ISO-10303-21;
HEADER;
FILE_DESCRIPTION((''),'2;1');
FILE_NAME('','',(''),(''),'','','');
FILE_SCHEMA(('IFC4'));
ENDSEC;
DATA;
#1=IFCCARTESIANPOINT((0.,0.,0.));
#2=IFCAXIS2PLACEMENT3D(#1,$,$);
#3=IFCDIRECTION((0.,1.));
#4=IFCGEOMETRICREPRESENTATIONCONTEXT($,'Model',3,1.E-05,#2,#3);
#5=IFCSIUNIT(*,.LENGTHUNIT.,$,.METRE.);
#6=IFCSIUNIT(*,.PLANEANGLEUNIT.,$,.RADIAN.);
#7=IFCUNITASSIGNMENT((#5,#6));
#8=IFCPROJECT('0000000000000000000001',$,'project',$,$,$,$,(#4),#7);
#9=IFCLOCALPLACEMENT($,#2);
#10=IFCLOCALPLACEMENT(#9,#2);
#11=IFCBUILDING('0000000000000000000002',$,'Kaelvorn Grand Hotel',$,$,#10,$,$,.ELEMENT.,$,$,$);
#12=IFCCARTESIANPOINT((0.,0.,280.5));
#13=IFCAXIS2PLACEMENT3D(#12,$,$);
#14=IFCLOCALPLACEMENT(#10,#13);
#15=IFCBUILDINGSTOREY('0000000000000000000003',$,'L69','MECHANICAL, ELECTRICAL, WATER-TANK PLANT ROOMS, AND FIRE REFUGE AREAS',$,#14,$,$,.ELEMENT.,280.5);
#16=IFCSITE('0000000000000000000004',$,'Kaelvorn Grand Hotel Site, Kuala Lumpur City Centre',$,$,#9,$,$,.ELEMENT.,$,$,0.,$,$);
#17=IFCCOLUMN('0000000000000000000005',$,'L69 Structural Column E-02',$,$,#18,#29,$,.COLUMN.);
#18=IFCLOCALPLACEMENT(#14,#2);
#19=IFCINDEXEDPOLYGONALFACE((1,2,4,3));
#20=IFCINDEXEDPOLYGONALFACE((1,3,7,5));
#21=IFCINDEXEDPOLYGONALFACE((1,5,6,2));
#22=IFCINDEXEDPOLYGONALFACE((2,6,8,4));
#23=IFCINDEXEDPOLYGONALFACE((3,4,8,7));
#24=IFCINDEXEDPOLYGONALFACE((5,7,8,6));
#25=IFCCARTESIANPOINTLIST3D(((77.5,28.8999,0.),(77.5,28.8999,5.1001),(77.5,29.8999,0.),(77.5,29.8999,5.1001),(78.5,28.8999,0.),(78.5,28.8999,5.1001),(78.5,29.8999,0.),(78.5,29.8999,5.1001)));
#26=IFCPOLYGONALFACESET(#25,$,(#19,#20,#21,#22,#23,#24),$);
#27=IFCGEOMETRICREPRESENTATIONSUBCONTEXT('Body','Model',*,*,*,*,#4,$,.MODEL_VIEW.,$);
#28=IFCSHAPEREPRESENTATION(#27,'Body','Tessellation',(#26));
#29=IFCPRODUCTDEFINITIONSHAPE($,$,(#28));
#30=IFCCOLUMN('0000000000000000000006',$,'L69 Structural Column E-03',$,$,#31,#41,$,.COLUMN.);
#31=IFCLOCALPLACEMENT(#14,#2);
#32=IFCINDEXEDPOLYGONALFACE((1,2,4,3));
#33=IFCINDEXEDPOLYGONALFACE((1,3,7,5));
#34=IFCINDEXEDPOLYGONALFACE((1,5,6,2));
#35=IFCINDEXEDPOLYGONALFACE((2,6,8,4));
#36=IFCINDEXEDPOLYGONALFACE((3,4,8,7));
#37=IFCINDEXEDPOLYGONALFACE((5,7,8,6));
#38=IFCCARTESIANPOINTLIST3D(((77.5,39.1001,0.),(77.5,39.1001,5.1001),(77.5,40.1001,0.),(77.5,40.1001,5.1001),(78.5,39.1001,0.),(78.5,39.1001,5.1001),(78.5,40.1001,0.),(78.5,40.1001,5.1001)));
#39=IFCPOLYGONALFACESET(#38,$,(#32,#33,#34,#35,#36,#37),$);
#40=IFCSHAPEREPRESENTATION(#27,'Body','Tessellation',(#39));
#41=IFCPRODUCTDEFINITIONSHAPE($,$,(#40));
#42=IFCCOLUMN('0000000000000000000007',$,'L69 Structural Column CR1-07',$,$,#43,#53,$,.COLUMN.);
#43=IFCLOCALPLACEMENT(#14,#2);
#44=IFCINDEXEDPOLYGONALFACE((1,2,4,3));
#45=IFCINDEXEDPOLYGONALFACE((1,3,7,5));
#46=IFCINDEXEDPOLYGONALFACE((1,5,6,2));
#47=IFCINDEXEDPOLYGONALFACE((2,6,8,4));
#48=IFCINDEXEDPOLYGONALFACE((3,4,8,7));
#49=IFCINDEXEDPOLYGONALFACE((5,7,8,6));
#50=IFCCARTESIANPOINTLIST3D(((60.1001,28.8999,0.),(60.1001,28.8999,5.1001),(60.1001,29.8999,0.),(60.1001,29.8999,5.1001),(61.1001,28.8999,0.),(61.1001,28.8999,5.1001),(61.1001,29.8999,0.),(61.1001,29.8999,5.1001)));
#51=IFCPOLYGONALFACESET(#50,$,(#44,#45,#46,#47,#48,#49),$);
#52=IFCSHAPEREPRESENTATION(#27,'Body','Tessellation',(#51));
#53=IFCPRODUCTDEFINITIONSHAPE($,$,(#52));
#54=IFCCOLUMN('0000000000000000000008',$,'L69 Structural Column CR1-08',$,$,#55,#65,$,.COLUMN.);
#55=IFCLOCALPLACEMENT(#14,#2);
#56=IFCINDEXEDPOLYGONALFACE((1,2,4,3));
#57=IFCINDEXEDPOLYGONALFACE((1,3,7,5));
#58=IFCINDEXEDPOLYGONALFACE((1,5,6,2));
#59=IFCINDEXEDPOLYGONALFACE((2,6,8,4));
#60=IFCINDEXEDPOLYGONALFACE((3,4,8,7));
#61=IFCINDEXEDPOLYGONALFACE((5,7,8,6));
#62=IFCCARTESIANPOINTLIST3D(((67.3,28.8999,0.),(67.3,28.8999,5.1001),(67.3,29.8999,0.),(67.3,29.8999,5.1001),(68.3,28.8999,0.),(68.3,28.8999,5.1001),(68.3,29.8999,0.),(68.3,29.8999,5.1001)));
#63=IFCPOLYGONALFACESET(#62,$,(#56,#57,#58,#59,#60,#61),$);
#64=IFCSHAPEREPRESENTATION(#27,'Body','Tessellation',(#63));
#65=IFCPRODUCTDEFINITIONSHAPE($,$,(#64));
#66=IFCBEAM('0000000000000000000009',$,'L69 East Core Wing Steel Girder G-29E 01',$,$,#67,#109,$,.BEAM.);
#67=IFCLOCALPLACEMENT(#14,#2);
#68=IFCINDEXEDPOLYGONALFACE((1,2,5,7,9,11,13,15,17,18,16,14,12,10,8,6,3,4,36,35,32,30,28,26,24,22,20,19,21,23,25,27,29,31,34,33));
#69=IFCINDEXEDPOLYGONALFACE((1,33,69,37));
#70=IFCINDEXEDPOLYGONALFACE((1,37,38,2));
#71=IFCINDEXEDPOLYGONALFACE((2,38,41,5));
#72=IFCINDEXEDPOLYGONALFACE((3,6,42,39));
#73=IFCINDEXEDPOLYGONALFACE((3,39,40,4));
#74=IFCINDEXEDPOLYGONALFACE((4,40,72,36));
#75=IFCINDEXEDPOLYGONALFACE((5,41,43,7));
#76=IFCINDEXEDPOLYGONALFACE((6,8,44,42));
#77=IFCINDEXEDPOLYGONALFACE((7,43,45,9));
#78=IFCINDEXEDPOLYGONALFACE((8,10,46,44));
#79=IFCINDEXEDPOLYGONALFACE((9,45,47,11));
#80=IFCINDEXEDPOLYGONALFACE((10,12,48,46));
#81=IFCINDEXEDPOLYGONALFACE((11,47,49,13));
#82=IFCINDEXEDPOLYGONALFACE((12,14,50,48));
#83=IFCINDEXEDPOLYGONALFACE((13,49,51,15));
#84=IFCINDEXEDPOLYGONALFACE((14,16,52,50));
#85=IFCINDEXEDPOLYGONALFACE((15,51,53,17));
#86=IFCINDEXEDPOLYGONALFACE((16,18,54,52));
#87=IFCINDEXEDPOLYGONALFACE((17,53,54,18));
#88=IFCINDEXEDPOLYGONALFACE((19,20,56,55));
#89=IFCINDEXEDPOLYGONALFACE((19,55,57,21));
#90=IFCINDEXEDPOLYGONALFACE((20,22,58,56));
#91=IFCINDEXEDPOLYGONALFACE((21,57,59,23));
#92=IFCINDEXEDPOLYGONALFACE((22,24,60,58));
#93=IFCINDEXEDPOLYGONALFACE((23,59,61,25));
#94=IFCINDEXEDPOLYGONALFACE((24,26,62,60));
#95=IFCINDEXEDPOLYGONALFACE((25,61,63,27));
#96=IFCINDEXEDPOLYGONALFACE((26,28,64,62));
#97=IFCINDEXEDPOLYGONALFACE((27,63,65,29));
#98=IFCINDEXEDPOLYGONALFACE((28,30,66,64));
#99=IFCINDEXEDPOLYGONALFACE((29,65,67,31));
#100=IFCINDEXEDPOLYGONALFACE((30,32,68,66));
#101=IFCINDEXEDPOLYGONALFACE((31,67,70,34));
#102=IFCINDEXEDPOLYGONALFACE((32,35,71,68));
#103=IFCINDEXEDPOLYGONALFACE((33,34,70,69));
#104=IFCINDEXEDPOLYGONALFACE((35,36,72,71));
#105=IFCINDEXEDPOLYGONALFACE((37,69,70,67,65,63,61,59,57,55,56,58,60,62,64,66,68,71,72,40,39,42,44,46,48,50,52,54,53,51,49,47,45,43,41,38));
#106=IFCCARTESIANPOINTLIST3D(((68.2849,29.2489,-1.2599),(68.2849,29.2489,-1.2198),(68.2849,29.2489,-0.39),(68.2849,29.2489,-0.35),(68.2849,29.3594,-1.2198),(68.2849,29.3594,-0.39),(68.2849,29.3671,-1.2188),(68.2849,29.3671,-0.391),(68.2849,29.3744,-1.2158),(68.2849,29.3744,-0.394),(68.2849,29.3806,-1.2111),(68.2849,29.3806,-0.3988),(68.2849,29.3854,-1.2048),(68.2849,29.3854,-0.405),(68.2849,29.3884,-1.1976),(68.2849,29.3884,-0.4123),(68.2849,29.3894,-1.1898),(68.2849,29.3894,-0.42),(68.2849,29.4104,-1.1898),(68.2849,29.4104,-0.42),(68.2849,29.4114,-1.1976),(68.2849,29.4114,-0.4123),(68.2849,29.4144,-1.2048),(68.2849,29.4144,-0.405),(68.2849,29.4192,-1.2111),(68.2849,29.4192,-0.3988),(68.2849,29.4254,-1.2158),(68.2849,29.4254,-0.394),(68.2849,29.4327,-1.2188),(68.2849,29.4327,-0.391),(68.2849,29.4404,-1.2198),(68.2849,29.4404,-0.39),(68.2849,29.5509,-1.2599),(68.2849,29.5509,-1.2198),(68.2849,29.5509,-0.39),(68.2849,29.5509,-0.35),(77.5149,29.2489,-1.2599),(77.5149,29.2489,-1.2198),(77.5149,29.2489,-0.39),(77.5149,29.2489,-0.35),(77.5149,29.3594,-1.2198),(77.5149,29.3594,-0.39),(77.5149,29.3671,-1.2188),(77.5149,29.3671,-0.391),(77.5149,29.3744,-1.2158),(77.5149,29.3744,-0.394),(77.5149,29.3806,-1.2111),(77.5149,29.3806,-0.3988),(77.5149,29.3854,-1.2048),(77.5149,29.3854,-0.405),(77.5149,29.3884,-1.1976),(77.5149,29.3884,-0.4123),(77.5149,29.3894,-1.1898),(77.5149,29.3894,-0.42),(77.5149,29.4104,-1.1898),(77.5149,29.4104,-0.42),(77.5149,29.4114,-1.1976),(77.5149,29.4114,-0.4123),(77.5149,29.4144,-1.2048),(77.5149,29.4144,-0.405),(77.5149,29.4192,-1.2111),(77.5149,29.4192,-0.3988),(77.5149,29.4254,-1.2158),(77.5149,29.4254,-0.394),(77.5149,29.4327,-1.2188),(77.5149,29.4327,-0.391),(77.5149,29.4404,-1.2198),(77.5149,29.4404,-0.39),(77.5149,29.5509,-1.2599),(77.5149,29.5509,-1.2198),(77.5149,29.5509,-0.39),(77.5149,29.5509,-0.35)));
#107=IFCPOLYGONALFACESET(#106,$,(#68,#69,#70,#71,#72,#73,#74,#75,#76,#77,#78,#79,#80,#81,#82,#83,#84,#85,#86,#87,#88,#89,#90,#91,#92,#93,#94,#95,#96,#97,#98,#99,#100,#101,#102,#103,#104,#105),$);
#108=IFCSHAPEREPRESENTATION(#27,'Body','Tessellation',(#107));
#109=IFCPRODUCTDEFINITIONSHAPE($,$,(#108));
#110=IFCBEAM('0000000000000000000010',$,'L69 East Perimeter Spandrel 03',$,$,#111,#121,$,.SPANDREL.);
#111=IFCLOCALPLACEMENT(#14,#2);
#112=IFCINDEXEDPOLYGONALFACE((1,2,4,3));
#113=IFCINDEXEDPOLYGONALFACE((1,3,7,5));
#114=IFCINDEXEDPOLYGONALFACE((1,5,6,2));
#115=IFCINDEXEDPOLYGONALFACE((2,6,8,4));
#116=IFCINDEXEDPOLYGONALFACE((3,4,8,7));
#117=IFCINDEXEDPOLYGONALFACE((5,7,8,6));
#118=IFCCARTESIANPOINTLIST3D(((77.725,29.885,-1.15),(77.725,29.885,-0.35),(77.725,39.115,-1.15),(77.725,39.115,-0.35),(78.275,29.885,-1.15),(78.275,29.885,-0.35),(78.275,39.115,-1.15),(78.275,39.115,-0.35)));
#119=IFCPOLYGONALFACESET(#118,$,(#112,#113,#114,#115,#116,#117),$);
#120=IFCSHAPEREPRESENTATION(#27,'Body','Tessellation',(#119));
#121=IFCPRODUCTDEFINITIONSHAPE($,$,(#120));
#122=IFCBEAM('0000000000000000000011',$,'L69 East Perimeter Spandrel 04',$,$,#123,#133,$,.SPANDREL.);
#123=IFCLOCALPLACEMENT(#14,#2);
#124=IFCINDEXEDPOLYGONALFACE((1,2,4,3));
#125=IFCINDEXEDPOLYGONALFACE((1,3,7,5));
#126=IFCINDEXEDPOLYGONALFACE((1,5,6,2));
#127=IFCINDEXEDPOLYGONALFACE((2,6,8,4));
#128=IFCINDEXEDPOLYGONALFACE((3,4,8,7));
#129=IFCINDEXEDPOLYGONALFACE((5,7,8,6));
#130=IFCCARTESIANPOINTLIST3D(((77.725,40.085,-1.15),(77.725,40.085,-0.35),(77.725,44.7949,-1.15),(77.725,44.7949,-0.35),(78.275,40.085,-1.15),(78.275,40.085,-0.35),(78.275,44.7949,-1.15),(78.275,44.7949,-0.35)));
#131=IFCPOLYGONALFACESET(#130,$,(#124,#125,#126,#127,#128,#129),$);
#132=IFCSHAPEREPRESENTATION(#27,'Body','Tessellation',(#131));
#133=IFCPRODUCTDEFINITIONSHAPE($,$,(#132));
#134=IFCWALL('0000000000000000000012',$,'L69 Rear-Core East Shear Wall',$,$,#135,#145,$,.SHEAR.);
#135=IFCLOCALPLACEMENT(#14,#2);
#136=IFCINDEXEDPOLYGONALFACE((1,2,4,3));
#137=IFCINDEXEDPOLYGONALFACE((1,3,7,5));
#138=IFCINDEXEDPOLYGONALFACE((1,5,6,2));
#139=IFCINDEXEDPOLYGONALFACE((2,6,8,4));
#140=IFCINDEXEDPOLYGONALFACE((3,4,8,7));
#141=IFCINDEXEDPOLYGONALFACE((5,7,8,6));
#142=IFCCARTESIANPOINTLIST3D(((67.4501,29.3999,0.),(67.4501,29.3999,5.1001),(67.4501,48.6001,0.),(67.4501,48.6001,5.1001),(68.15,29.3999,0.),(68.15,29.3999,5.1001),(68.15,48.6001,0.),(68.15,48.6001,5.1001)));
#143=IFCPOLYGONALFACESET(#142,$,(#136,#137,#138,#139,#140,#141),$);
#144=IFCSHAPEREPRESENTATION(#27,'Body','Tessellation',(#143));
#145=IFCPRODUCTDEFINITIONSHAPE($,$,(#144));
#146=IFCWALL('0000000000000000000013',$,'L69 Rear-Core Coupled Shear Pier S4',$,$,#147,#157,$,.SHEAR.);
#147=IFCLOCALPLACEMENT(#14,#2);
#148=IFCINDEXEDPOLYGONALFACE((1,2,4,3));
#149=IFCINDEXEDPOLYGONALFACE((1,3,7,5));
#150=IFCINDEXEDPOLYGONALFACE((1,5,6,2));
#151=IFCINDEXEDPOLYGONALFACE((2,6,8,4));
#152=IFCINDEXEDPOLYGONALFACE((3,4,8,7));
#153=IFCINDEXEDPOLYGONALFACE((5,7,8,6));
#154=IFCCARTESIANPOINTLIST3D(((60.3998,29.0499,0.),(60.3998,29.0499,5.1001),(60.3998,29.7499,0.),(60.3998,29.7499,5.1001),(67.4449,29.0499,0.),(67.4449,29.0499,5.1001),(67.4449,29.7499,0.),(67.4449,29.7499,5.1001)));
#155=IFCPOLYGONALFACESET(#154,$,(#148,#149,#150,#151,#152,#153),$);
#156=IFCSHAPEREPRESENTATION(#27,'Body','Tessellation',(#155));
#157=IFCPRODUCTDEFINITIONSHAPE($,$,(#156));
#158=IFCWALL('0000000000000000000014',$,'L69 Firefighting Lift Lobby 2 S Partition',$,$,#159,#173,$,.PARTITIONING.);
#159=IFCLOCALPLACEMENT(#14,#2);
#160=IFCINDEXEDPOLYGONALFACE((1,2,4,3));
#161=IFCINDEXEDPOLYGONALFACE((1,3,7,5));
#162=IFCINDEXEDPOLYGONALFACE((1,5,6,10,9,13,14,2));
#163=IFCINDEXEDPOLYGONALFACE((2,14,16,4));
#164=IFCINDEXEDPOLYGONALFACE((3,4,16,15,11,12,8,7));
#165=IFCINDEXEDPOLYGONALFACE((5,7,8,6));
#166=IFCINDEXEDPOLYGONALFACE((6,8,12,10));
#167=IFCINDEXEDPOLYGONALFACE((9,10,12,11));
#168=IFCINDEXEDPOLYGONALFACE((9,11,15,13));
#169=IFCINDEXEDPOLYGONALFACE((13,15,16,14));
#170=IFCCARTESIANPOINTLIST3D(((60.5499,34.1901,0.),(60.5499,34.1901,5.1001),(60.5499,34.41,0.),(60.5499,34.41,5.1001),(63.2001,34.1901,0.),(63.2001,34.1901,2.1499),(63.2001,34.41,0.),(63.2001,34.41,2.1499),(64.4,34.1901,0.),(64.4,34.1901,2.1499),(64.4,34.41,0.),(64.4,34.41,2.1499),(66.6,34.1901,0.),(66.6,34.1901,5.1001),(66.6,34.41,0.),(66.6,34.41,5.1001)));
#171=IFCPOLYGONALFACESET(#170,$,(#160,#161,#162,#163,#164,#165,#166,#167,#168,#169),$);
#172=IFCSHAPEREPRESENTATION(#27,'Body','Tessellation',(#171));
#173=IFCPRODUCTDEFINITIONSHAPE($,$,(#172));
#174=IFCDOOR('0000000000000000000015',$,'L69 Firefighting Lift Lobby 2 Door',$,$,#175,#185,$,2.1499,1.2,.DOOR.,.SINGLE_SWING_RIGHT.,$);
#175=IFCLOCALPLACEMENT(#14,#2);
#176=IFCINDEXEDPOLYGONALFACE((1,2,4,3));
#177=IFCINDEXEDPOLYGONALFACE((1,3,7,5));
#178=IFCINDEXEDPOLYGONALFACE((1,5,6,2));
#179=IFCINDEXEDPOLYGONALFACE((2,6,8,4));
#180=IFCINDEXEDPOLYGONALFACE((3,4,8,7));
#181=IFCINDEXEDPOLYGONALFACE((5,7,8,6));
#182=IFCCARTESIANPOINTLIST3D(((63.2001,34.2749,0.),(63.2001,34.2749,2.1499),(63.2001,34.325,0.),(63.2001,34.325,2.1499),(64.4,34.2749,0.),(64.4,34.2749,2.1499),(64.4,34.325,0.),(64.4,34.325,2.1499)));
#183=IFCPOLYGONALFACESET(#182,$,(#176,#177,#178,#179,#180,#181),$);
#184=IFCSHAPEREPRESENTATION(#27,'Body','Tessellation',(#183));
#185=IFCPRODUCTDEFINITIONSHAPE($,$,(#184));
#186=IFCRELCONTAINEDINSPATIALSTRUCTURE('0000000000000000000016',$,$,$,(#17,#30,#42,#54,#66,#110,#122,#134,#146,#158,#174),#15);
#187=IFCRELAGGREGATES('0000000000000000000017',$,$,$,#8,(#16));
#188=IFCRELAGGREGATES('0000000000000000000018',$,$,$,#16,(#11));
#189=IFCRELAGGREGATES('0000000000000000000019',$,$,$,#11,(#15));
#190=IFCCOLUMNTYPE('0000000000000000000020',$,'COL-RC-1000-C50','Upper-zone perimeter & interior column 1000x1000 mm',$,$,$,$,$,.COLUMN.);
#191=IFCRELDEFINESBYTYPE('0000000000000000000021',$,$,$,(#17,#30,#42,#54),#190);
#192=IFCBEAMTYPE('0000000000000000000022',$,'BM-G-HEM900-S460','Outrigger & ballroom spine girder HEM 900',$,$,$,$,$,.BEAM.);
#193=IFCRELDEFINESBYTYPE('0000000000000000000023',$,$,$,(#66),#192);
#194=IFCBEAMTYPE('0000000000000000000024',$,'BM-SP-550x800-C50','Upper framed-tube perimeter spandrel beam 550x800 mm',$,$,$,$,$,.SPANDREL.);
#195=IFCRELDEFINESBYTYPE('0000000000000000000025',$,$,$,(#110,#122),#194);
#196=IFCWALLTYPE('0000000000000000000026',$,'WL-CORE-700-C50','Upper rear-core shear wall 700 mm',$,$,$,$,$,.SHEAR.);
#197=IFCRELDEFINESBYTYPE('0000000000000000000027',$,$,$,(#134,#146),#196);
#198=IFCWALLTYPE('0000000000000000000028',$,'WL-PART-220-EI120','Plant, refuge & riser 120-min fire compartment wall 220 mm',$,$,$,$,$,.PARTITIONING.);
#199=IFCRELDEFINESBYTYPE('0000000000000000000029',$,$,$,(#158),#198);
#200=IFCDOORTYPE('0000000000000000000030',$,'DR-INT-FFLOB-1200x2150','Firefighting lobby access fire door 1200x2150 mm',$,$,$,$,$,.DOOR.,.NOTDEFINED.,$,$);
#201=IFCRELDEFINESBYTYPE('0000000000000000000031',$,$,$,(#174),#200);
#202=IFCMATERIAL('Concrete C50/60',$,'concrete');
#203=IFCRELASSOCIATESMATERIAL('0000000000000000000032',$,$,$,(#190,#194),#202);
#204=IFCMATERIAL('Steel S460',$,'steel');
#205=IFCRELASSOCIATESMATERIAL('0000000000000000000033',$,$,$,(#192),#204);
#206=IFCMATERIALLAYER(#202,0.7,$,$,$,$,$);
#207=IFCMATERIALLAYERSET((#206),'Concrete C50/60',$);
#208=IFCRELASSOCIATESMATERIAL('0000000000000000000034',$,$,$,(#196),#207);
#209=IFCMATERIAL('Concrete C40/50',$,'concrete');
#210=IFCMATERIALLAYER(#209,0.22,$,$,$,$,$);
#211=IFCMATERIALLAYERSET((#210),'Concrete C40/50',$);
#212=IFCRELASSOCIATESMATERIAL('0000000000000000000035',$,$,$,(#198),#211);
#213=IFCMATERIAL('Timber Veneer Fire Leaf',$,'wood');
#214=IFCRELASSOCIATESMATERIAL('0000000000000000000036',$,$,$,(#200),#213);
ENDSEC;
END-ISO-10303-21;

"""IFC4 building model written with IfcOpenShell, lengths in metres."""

from ifc_helpers import new_model, si_unit, direction, frame, frame_2d, origin, origin_2d, place, context, subcontext, project, spatial, rectangle, i_section, extrude, material, layer, layer_set, material_profile, profile_set, type_object, element, fill, save


model = new_model("IFC4")

# Units and contexts
model_context = context("Model", 3, precision=1e-05, world=origin(), true_north=direction((0.0, 1.0)))
body_context = subcontext(model_context, "Body", "Model", "MODEL_VIEW")
ifc_project = project(units=[si_unit("LENGTHUNIT", "METRE"), si_unit("PLANEANGLEUNIT", "RADIAN")], contexts=[model_context])

# Site, building, storey
site_placement = place(None, origin())
site = spatial("IfcSite", under=ifc_project, at=site_placement, Name="Kaelvorn Grand Hotel Site, Kuala Lumpur City Centre", CompositionType="ELEMENT", RefElevation=0.0)
building_placement = place(site_placement, origin())
building = spatial("IfcBuilding", under=site, at=building_placement, Name="Kaelvorn Grand Hotel", CompositionType="ELEMENT")
storey_placement = place(building_placement, frame((0.0, 0.0, 280.5)))
storey = spatial("IfcBuildingStorey", under=building, at=storey_placement, Name="L69", Description="MECHANICAL, ELECTRICAL, WATER-TANK PLANT ROOMS, AND FIRE REFUGE AREAS", CompositionType="ELEMENT", Elevation=280.5)

# Columns
ifc_material_1 = material(Name="Concrete C50/60", Category="concrete")
ifc_material_profile_1 = material_profile(ifc_material_1, rectangle(XDim=1.0, YDim=1.0, at=origin_2d()), Name="RC COL 1000x1000")
ifc_profile_set_1 = profile_set([ifc_material_profile_1], Name="Concrete C50/60")
column_type = type_object("IfcColumnType", Name="COL-RC-1000-C50", Description="Upper-zone perimeter & interior column 1000x1000 mm", PredefinedType="COLUMN", material=ifc_profile_set_1)
for number, where, z_axis, x_axis, name in (
    (1, (78.0, 29.3999, 0.0), (0.0, 0.0, 1.0), (1.0, 0.0, 0.0), "L69 Structural Column E-02"),
    (2, (78.0, 39.6001, 0.0), (0.0, 0.0, 1.0), (1.0, 0.0, 0.0), "L69 Structural Column E-03"),
    (3, (60.6001, 29.3999, 0.0), (0.0, 0.0, 1.0), (1.0, 0.0, 0.0), "L69 Structural Column CR1-07"),
    (4, (67.8, 29.3999, 0.0), (0.0, 0.0, 1.0), (1.0, 0.0, 0.0), "L69 Structural Column CR1-08"),
):
    element("IfcColumn", number, at=place(storey_placement, frame(where, z_axis=z_axis, x_axis=x_axis)), inside=storey, type_object=column_type, Name=name, PredefinedType="COLUMN", context=body_context, shape_type="SweptSolid", body=[
        extrude(rectangle(XDim=1.0, YDim=1.0, at=origin_2d()), origin(), (0.0, 0.0, 1.0), 5.1001),
    ])

# Beams
ifc_material_2 = material(Name="Steel S460", Category="steel")
ifc_material_profile_2 = material_profile(ifc_material_2, i_section(OverallWidth=0.302, OverallDepth=0.9099, WebThickness=0.021, FlangeThickness=0.04, FilletRadius=0.03, at=origin_2d()), Name="HEM 900")
ifc_profile_set_2 = profile_set([ifc_material_profile_2], Name="Steel S460")
beam_type_1 = type_object("IfcBeamType", Name="BM-G-HEM900-S460", Description="Outrigger & ballroom spine girder HEM 900", PredefinedType="BEAM", material=ifc_profile_set_2)
beam_1_placement = place(storey_placement, frame((68.2849, 29.3999, -0.8049), z_axis=(1.0, 0.0, 0.0), x_axis=(0.0, 1.0, 0.0)))
element("IfcBeam", 5, at=beam_1_placement, inside=storey, type_object=beam_type_1, Name="L69 East Core Wing Steel Girder G-29E 01", PredefinedType="BEAM", context=body_context, shape_type="SweptSolid", body=[
    extrude(i_section(OverallWidth=0.302, OverallDepth=0.9099, WebThickness=0.021, FlangeThickness=0.04, FilletRadius=0.03, at=origin_2d()), origin(), (0.0, 0.0, 1.0), 9.23),
])
ifc_material_profile_3 = material_profile(ifc_material_1, rectangle(XDim=0.55, YDim=0.8, at=origin_2d()), Name="RC SPANDREL 550x800")
ifc_profile_set_3 = profile_set([ifc_material_profile_3], Name="Concrete C50/60")
beam_type_2 = type_object("IfcBeamType", Name="BM-SP-550x800-C50", Description="Upper framed-tube perimeter spandrel beam 550x800 mm", PredefinedType="SPANDREL", material=ifc_profile_set_3)
beam_2_placement = place(storey_placement, frame((78.0, 29.885, -0.75), z_axis=(0.0, 1.0, 0.0), x_axis=(-1.0, 0.0, 0.0)))
element("IfcBeam", 6, at=beam_2_placement, inside=storey, type_object=beam_type_2, Name="L69 East Perimeter Spandrel 03", PredefinedType="SPANDREL", context=body_context, shape_type="SweptSolid", body=[
    extrude(rectangle(XDim=0.55, YDim=0.8, at=origin_2d()), origin(), (0.0, 0.0, 1.0), 9.23),
])
beam_3_placement = place(storey_placement, frame((78.0, 40.085, -0.75), z_axis=(0.0, 1.0, 0.0), x_axis=(-1.0, 0.0, 0.0)))
element("IfcBeam", 7, at=beam_3_placement, inside=storey, type_object=beam_type_2, Name="L69 East Perimeter Spandrel 04", PredefinedType="SPANDREL", context=body_context, shape_type="SweptSolid", body=[
    extrude(rectangle(XDim=0.55, YDim=0.8, at=origin_2d()), origin(), (0.0, 0.0, 1.0), 4.71),
])

# Walls
ifc_layer_1 = layer(ifc_material_1, 0.7)
ifc_layer_set_1 = layer_set([ifc_layer_1], Name="Concrete C50/60")
wall_type_1 = type_object("IfcWallType", Name="WL-CORE-700-C50", Description="Upper rear-core shear wall 700 mm", PredefinedType="SHEAR", material=ifc_layer_set_1)
wall_1_placement = place(storey_placement, frame((67.8, 29.3999, 0.0), z_axis=(0.0, 0.0, 1.0), x_axis=(0.0, 1.0, 0.0)))
element("IfcWall", 8, at=wall_1_placement, inside=storey, type_object=wall_type_1, Name="L69 Rear-Core East Shear Wall", PredefinedType="SHEAR", context=body_context, shape_type="SweptSolid", body=[
    extrude(rectangle(XDim=19.2002, YDim=0.7, at=frame_2d((9.6001, 0.0))), origin(), (0.0, 0.0, 1.0), 5.1001),
])
wall_2_placement = place(storey_placement, frame((60.3999, 29.3999, 0.0), z_axis=(0.0, 0.0, 1.0), x_axis=(1.0, 0.0, 0.0)))
element("IfcWall", 9, at=wall_2_placement, inside=storey, type_object=wall_type_1, Name="L69 Rear-Core Coupled Shear Pier S4", PredefinedType="SHEAR", context=body_context, shape_type="SweptSolid", body=[
    extrude(rectangle(XDim=7.0452, YDim=0.7, at=frame_2d((3.5225, 0.0))), origin(), (0.0, 0.0, 1.0), 5.1001),
])

# Wall, opening, door
ifc_material_3 = material(Name="Concrete C40/50", Category="concrete")
ifc_layer_2 = layer(ifc_material_3, 0.22)
ifc_layer_set_2 = layer_set([ifc_layer_2], Name="Concrete C40/50")
wall_type_2 = type_object("IfcWallType", Name="WL-PART-220-EI120", Description="Plant, refuge & riser 120-min fire compartment wall 220 mm", PredefinedType="PARTITIONING", material=ifc_layer_set_2)
wall_3_placement = place(storey_placement, frame((60.55, 34.3, 0.0), z_axis=(0.0, 0.0, 1.0), x_axis=(1.0, 0.0, 0.0)))
wall_3 = element("IfcWall", 10, at=wall_3_placement, inside=storey, type_object=wall_type_2, Name="L69 Firefighting Lift Lobby 2 S Partition", PredefinedType="PARTITIONING", context=body_context, shape_type="SweptSolid", body=[
    extrude(rectangle(XDim=6.05, YDim=0.22, at=frame_2d((3.0249, 0.0))), origin(), (0.0, 0.0, 1.0), 5.1001),
])
opening_1_placement = place(wall_3_placement, frame((2.6499, 0.0, 0.0)))
opening_1 = element("IfcOpeningElement", 11, at=opening_1_placement, cuts=wall_3, PredefinedType="OPENING", context=body_context, shape_type="SweptSolid", body=[
    extrude(rectangle(XDim=1.2, YDim=2.1499, at=frame_2d((0.6001, 1.075))), frame((0.0, 0.1201, 0.0), z_axis=(0.0, -1.0, 0.0), x_axis=(1.0, 0.0, 0.0)), (0.0, 0.0, 1.0), 0.24),
])
ifc_material_4 = material(Name="Timber Veneer Fire Leaf", Category="wood")
door_type_1 = type_object("IfcDoorType", Name="DR-INT-FFLOB-1200x2150", Description="Firefighting lobby access fire door 1200x2150 mm", OperationType="NOTDEFINED", PredefinedType="DOOR", material=ifc_material_4)
door_1_placement = place(opening_1_placement, origin())
door_1 = element("IfcDoor", 12, at=door_1_placement, inside=storey, type_object=door_type_1, Name="L69 Firefighting Lift Lobby 2 Door", OperationType="SINGLE_SWING_RIGHT", OverallHeight=2.1499, OverallWidth=1.2, PredefinedType="DOOR", context=body_context, shape_type="SweptSolid", body=[
    extrude(rectangle(XDim=1.2, YDim=2.1499, at=frame_2d((0.6001, 1.075))), frame((0.0, 0.0249, 0.0), z_axis=(0.0, -1.0, 0.0), x_axis=(1.0, 0.0, 0.0)), (0.0, 0.0, 1.0), 0.05),
])
fill(opening_1, door_1)

save(model, "model.ifc")
